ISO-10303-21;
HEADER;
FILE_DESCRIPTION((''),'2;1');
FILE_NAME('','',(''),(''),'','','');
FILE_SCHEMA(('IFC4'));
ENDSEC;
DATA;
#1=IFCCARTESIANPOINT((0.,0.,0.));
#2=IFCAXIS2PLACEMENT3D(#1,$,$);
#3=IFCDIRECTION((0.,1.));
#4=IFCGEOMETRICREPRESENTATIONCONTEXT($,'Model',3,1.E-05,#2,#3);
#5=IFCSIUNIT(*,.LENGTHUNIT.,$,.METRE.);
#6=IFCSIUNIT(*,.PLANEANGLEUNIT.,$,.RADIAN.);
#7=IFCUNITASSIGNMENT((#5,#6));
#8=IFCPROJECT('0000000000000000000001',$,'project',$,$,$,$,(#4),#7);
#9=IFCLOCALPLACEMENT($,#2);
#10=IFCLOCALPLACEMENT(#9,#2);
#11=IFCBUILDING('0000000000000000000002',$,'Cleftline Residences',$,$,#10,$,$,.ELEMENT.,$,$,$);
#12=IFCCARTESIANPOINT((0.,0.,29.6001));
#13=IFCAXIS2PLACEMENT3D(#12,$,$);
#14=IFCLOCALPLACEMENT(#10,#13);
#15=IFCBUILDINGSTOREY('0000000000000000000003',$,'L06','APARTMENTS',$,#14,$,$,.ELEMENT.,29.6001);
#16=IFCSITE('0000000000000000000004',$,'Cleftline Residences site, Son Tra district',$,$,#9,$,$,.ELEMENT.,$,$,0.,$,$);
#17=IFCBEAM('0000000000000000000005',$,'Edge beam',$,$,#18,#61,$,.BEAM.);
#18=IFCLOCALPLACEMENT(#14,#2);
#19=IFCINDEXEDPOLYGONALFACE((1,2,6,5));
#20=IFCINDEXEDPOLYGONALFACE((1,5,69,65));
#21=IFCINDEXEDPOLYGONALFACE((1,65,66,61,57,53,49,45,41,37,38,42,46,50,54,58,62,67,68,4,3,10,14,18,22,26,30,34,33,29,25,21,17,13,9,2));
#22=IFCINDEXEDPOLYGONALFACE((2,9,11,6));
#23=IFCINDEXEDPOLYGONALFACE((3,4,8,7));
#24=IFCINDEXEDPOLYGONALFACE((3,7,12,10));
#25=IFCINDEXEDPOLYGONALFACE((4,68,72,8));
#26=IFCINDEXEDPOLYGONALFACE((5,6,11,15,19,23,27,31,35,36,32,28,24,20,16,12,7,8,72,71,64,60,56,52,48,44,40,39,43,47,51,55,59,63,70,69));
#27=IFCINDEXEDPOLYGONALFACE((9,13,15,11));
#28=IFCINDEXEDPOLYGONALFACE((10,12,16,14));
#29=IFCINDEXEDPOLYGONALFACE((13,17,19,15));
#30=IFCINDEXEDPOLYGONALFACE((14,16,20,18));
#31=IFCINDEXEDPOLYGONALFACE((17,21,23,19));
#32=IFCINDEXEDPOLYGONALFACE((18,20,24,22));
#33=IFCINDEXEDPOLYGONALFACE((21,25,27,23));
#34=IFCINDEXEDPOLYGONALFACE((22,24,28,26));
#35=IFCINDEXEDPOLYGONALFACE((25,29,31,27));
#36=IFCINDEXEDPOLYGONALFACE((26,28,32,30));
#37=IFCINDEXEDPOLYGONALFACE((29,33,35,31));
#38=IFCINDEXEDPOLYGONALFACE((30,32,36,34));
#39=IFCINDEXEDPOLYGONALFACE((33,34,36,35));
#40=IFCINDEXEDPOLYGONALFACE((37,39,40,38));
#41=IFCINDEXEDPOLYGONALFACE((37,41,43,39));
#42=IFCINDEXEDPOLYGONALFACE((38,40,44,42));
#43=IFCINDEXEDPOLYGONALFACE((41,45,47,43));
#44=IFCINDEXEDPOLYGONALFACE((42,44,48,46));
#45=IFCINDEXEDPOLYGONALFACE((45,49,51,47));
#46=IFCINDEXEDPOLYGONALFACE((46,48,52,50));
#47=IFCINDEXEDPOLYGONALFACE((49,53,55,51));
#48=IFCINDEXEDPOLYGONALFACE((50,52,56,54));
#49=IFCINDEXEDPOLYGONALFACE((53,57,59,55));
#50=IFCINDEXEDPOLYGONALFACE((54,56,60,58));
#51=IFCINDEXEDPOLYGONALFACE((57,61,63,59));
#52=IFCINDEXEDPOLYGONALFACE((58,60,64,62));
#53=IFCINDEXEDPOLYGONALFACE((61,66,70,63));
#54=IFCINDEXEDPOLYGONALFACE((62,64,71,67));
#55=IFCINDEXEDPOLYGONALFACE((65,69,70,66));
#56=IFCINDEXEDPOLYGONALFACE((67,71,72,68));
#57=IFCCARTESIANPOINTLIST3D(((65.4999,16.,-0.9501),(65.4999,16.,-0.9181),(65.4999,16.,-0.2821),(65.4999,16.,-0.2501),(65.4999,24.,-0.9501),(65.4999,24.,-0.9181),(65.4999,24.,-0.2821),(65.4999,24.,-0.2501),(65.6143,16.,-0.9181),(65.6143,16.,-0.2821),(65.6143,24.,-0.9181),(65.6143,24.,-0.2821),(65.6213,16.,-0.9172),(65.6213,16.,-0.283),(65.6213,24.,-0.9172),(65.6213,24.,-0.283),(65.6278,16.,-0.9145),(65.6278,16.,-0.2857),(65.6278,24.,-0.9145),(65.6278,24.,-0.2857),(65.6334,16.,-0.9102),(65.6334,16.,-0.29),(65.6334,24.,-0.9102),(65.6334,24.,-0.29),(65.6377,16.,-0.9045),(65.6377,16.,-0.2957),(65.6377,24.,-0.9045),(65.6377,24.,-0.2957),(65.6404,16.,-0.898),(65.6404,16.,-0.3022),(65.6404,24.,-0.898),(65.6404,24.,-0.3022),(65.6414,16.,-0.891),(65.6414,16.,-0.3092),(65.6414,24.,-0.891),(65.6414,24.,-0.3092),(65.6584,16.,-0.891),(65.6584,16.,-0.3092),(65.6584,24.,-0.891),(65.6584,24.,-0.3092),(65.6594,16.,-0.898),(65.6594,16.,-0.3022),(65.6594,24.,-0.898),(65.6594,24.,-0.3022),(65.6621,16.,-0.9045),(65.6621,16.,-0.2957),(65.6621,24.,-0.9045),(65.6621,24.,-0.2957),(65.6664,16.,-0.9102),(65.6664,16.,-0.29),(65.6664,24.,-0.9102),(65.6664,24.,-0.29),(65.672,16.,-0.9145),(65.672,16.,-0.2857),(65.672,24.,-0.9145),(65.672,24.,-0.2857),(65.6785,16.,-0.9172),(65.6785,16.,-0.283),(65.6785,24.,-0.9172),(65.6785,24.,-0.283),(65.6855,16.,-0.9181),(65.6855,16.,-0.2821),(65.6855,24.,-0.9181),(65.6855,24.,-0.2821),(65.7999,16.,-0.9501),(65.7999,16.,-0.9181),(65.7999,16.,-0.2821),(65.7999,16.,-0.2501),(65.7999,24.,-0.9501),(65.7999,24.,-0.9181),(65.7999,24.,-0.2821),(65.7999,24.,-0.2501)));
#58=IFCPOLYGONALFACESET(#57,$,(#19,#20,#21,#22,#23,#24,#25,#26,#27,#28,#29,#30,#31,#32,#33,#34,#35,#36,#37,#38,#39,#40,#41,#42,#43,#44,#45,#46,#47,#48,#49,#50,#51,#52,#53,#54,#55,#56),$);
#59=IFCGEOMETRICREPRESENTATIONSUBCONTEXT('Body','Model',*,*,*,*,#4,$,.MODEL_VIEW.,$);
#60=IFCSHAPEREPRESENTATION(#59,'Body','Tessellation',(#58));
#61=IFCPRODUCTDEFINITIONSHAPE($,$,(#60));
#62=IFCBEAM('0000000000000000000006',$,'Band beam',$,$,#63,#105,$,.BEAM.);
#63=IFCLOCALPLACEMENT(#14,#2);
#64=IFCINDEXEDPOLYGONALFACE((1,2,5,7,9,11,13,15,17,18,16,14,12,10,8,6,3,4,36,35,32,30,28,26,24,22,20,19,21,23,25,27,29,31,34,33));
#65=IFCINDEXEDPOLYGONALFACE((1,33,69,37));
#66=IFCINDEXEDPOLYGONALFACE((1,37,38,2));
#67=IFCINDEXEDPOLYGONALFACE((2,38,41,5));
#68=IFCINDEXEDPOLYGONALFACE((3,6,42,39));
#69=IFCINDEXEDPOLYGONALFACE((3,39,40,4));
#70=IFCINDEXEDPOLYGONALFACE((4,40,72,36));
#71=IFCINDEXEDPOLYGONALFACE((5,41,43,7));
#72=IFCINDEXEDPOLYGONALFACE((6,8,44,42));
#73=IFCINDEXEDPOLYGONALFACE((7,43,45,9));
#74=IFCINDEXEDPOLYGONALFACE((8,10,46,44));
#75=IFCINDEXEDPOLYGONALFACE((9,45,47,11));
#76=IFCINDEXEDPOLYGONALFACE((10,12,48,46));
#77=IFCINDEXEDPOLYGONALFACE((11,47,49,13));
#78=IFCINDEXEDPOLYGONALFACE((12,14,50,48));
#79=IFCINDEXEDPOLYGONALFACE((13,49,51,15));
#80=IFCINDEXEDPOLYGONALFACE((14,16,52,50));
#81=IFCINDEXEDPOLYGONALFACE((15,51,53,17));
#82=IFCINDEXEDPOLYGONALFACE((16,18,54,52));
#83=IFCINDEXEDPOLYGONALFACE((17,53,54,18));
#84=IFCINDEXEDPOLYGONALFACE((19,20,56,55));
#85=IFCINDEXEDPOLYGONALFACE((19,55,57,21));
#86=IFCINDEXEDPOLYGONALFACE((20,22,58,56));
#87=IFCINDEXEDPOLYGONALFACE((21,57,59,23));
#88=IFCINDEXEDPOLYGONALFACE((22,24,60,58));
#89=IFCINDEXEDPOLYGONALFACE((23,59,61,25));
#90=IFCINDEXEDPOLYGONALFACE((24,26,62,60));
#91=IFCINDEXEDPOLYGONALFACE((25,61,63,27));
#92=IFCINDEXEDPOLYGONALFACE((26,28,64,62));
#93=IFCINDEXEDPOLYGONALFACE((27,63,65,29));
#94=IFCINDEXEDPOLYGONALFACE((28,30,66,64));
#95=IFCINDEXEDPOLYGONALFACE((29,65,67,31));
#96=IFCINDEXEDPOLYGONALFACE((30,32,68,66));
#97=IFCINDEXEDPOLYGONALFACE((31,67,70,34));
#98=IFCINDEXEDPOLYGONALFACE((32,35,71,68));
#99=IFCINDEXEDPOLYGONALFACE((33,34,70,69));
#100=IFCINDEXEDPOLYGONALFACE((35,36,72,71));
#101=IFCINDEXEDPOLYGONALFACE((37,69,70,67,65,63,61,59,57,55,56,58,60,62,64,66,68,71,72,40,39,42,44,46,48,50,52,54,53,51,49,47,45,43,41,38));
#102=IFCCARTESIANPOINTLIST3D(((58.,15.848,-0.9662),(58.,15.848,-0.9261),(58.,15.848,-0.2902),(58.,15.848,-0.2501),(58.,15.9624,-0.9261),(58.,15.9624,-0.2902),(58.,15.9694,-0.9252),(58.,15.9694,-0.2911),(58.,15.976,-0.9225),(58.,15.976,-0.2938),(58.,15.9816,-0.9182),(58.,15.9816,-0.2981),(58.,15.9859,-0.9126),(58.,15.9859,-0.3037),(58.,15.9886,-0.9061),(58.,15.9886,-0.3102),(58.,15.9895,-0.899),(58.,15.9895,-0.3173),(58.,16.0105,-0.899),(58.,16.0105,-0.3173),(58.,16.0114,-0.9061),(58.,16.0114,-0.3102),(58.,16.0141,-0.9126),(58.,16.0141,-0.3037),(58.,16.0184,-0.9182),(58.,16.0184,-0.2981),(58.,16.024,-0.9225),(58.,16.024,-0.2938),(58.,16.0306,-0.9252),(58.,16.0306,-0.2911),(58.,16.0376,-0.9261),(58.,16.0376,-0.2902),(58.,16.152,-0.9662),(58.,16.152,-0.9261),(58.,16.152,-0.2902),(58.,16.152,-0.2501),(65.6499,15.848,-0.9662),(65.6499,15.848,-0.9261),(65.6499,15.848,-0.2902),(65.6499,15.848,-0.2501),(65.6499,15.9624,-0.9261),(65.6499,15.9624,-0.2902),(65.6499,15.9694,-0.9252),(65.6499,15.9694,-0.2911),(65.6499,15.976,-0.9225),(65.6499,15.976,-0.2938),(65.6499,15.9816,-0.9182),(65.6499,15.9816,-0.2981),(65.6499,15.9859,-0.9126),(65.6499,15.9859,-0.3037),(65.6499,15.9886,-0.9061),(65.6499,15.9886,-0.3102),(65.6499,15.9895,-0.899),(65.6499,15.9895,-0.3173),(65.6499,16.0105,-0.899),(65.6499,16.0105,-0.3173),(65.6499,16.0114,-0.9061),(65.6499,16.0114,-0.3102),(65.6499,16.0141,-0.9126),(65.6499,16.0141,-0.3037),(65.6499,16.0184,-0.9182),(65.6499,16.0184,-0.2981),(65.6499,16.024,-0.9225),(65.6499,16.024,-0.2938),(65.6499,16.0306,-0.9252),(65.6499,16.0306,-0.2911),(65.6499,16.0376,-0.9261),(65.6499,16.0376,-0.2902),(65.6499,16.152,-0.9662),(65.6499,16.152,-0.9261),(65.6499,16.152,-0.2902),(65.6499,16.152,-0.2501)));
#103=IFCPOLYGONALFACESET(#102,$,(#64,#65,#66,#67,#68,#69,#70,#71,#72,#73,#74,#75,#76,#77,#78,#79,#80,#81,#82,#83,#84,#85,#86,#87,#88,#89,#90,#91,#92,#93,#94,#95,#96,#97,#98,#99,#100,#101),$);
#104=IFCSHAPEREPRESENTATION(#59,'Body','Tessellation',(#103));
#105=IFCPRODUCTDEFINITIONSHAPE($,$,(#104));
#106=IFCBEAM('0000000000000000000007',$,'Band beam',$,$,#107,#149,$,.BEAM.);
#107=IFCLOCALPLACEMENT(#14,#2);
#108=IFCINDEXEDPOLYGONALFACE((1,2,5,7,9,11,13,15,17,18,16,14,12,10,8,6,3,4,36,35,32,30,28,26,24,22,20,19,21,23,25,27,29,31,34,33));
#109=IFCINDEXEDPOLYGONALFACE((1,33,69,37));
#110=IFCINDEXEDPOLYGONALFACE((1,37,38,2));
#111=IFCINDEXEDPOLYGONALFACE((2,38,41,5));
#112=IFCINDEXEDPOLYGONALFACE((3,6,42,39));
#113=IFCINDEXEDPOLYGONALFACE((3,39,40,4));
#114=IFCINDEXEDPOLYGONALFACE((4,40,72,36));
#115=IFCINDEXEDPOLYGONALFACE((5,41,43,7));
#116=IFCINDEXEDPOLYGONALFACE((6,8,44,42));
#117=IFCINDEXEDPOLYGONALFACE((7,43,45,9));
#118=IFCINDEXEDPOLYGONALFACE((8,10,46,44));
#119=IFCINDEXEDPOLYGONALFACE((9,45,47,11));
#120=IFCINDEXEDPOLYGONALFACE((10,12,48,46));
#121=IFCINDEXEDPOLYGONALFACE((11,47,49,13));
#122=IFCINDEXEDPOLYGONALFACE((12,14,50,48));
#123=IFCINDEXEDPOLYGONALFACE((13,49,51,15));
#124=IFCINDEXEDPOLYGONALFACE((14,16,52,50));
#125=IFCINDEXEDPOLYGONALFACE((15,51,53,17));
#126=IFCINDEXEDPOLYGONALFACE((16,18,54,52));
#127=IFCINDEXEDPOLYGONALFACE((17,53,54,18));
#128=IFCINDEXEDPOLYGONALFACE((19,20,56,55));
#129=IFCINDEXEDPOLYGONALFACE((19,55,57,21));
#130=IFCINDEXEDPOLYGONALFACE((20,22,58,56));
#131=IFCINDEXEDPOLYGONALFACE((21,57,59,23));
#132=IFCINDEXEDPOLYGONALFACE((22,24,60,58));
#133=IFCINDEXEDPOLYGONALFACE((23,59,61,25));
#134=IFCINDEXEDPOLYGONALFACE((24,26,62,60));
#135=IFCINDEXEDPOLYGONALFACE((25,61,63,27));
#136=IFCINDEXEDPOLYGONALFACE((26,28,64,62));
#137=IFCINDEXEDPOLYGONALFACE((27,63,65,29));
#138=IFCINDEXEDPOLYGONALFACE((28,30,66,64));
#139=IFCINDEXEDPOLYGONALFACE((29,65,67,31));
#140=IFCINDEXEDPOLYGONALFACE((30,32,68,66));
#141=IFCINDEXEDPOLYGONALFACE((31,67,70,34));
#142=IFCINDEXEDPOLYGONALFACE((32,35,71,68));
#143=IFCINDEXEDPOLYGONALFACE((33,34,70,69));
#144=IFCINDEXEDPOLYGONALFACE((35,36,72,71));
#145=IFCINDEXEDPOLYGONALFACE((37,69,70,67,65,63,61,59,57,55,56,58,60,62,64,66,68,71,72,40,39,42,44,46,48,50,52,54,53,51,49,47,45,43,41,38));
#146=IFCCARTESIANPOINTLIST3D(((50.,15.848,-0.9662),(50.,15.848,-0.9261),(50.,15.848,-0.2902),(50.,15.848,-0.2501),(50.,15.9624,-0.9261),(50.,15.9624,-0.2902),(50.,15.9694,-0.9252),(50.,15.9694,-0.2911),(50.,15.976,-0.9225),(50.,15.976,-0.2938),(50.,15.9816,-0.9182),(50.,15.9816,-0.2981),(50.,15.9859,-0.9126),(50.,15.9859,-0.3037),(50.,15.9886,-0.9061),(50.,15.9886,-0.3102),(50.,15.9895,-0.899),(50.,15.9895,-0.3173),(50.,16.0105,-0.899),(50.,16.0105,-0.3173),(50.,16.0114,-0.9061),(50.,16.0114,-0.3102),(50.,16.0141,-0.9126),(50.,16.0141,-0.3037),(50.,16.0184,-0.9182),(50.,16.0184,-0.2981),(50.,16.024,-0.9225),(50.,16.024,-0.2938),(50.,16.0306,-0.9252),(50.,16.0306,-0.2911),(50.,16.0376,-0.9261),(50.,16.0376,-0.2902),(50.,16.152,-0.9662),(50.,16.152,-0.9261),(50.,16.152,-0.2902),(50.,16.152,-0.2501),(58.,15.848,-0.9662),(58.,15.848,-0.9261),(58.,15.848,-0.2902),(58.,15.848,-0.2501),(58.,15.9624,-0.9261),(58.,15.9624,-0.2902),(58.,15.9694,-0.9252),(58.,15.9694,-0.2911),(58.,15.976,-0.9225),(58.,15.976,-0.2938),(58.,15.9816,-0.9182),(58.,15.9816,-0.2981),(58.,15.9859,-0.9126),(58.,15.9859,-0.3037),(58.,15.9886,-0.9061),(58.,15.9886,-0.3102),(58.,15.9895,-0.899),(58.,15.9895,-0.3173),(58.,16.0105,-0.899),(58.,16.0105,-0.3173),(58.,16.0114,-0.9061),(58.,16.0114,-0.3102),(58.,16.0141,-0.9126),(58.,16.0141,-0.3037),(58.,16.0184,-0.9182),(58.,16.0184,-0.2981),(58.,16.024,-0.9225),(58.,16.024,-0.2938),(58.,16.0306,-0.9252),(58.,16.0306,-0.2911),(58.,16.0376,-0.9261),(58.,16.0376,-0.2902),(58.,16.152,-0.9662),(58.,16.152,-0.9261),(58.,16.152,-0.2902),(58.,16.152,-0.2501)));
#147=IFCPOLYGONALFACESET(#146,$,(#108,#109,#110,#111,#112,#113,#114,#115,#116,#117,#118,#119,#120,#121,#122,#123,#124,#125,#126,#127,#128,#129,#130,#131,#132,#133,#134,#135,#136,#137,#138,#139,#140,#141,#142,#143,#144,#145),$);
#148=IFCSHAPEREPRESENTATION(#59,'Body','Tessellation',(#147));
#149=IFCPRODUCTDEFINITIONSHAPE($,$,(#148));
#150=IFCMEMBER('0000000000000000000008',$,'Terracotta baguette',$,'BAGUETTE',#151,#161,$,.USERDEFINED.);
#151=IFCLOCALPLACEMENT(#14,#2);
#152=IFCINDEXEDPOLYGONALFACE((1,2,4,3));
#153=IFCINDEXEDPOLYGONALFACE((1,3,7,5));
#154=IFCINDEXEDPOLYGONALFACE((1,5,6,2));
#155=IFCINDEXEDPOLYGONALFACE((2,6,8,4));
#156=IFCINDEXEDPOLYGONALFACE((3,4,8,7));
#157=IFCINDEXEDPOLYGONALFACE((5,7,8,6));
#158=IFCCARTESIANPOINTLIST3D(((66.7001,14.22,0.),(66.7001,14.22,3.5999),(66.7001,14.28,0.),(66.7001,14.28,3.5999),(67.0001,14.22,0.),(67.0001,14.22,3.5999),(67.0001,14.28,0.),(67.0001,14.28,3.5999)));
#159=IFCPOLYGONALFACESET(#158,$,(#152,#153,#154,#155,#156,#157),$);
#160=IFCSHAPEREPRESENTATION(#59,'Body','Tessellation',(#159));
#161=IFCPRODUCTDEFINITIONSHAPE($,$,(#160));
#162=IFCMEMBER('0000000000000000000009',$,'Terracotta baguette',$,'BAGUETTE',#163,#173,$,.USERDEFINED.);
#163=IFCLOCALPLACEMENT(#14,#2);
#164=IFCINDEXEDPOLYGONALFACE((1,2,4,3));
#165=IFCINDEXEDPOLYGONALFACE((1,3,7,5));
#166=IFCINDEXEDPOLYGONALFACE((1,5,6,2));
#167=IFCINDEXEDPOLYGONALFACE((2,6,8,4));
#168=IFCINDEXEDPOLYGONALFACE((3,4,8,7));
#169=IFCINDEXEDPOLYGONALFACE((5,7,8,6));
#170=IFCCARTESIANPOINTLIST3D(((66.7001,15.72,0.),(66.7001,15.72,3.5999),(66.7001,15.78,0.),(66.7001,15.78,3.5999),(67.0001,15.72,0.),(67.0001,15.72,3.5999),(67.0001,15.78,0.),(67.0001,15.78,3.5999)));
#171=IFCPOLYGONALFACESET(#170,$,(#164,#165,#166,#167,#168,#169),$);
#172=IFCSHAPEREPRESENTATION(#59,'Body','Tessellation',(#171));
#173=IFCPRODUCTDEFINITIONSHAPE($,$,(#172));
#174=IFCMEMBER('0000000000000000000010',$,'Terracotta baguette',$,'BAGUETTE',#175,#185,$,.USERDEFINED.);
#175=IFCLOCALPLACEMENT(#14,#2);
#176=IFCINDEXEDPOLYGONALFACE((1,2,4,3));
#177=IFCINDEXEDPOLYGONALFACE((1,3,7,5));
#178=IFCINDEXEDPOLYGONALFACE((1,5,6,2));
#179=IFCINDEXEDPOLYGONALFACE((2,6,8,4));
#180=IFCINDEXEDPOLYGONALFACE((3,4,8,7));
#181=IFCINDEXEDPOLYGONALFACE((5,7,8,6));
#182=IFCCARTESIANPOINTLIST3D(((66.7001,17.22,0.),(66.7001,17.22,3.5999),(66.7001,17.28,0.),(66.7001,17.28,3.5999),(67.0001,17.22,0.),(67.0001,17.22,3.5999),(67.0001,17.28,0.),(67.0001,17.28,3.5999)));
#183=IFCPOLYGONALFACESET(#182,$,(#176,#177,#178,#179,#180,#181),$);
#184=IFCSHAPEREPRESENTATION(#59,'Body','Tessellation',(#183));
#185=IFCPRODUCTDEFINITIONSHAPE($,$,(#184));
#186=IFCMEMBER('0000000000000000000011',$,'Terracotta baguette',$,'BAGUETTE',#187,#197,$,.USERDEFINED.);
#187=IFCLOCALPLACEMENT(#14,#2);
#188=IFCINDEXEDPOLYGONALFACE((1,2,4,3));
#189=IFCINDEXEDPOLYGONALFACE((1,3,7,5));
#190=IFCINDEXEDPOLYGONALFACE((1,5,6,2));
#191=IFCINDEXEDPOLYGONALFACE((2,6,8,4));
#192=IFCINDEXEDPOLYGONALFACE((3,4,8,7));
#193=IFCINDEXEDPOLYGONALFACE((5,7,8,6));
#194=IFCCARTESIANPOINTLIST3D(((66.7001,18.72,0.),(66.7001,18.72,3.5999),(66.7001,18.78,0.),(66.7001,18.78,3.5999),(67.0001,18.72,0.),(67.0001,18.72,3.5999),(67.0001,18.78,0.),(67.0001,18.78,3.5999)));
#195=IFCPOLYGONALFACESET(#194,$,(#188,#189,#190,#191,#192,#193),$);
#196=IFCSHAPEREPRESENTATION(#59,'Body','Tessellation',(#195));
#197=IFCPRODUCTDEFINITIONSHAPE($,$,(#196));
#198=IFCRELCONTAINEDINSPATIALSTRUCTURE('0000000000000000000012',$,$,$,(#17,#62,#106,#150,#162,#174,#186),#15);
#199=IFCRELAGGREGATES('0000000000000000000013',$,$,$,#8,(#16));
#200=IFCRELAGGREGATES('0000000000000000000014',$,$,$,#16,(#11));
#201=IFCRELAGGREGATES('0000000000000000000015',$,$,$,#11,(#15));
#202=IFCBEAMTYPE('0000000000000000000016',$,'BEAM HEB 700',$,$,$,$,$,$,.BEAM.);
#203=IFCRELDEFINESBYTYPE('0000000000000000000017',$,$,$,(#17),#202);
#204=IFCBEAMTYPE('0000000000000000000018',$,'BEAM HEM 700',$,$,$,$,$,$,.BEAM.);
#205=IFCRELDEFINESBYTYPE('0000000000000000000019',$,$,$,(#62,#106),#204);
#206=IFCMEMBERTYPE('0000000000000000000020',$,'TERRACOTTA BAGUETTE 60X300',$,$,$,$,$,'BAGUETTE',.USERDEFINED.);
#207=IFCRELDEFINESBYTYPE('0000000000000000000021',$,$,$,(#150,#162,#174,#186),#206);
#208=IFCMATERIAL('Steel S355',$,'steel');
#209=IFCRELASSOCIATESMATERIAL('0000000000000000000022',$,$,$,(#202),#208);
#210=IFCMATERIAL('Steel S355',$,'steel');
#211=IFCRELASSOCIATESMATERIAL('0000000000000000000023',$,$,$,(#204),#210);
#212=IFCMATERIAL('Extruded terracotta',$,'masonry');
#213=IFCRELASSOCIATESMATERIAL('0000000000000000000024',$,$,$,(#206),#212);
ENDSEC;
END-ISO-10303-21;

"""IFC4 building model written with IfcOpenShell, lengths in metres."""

from ifc_helpers import new_model, si_unit, direction, frame, origin, origin_2d, place, context, subcontext, project, spatial, rectangle, i_section, extrude, material, material_profile, profile_set, type_object, element, save


model = new_model("IFC4")

# Units and contexts
model_context = context("Model", 3, precision=1e-05, world=origin(), true_north=direction((0.0, 1.0)))
body_context = subcontext(model_context, "Body", "Model", "MODEL_VIEW")
ifc_project = project(units=[si_unit("LENGTHUNIT", "METRE"), si_unit("PLANEANGLEUNIT", "RADIAN")], contexts=[model_context])

# Site, building, storey
site_placement = place(None, origin())
site = spatial("IfcSite", under=ifc_project, at=site_placement, Name="Cleftline Residences site, Son Tra district", CompositionType="ELEMENT", RefElevation=0.0)
building_placement = place(site_placement, origin())
building = spatial("IfcBuilding", under=site, at=building_placement, Name="Cleftline Residences", CompositionType="ELEMENT")
storey_placement = place(building_placement, frame((0.0, 0.0, 29.6001)))
storey = spatial("IfcBuildingStorey", under=building, at=storey_placement, Name="L06", Description="APARTMENTS", CompositionType="ELEMENT", Elevation=29.6001)

# Beams
ifc_material_1 = material(Name="Steel S355", Category="steel")
ifc_material_profile_1 = material_profile(ifc_material_1, i_section(OverallWidth=0.3, OverallDepth=0.7, WebThickness=0.0171, FlangeThickness=0.032, FilletRadius=0.0271, at=origin_2d()))
ifc_profile_set_1 = profile_set([ifc_material_profile_1], Name="Steel S355")
beam_type_1 = type_object("IfcBeamType", Name="BEAM HEB 700", PredefinedType="BEAM", material=ifc_profile_set_1)
beam_1_placement = place(storey_placement, frame((65.6499, 16.0, -0.6001), z_axis=(0.0, 1.0, 0.0), x_axis=(-1.0, 0.0, 0.0)))
element("IfcBeam", 1, at=beam_1_placement, inside=storey, type_object=beam_type_1, Name="Edge beam", PredefinedType="BEAM", context=body_context, shape_type="SweptSolid", body=[
    extrude(i_section(OverallWidth=0.3, OverallDepth=0.7, WebThickness=0.0171, FlangeThickness=0.032, FilletRadius=0.0271, at=origin_2d()), origin(), (0.0, 0.0, 1.0), 8.0),
])
ifc_material_2 = material(Name="Steel S355", Category="steel")
ifc_material_profile_2 = material_profile(ifc_material_2, i_section(OverallWidth=0.304, OverallDepth=0.7161, WebThickness=0.021, FlangeThickness=0.04, FilletRadius=0.0271, at=origin_2d()))
ifc_profile_set_2 = profile_set([ifc_material_profile_2], Name="Steel S355")
beam_type_2 = type_object("IfcBeamType", Name="BEAM HEM 700", PredefinedType="BEAM", material=ifc_profile_set_2)
beam_2_placement = place(storey_placement, frame((65.6499, 16.0, -0.6082), z_axis=(-1.0, 0.0, 0.0), x_axis=(0.0, -1.0, 0.0)))
element("IfcBeam", 2, at=beam_2_placement, inside=storey, type_object=beam_type_2, Name="Band beam", PredefinedType="BEAM", context=body_context, shape_type="SweptSolid", body=[
    extrude(i_section(OverallWidth=0.304, OverallDepth=0.7161, WebThickness=0.021, FlangeThickness=0.04, FilletRadius=0.0271, at=origin_2d()), origin(), (0.0, 0.0, 1.0), 7.6499),
])
beam_3_placement = place(storey_placement, frame((58.0, 16.0, -0.6082), z_axis=(-1.0, 0.0, 0.0), x_axis=(0.0, -1.0, 0.0)))
element("IfcBeam", 3, at=beam_3_placement, inside=storey, type_object=beam_type_2, Name="Band beam", PredefinedType="BEAM", context=body_context, shape_type="SweptSolid", body=[
    extrude(i_section(OverallWidth=0.304, OverallDepth=0.7161, WebThickness=0.021, FlangeThickness=0.04, FilletRadius=0.0271, at=origin_2d()), origin(), (0.0, 0.0, 1.0), 8.0),
])

# Members
ifc_material_3 = material(Name="Extruded terracotta", Category="masonry")
ifc_material_profile_3 = material_profile(ifc_material_3, rectangle(XDim=0.0601, YDim=0.3, at=origin_2d()))
ifc_profile_set_3 = profile_set([ifc_material_profile_3], Name="Extruded terracotta")
member_type_1 = type_object("IfcMemberType", Name="TERRACOTTA BAGUETTE 60X300", ElementType="BAGUETTE", PredefinedType="USERDEFINED", material=ifc_profile_set_3)
for number, where, z_axis, x_axis, name in (
    (4, (66.8501, 14.25, 0.0), (0.0, 0.0, 1.0), (0.0, 1.0, 0.0), "Terracotta baguette"),
    (5, (66.8501, 15.75, 0.0), (0.0, 0.0, 1.0), (0.0, 1.0, 0.0), "Terracotta baguette"),
    (6, (66.8501, 17.25, 0.0), (0.0, 0.0, 1.0), (0.0, 1.0, 0.0), "Terracotta baguette"),
    (7, (66.8501, 18.75, 0.0), (0.0, 0.0, 1.0), (0.0, 1.0, 0.0), "Terracotta baguette"),
):
    element("IfcMember", number, at=place(storey_placement, frame(where, z_axis=z_axis, x_axis=x_axis)), inside=storey, type_object=member_type_1, Name=name, ObjectType="BAGUETTE", PredefinedType="USERDEFINED", context=body_context, shape_type="SweptSolid", body=[
        extrude(rectangle(XDim=0.0601, YDim=0.3, at=origin_2d()), origin(), (0.0, 0.0, 1.0), 3.5999),
    ])

save(model, "model.ifc")
